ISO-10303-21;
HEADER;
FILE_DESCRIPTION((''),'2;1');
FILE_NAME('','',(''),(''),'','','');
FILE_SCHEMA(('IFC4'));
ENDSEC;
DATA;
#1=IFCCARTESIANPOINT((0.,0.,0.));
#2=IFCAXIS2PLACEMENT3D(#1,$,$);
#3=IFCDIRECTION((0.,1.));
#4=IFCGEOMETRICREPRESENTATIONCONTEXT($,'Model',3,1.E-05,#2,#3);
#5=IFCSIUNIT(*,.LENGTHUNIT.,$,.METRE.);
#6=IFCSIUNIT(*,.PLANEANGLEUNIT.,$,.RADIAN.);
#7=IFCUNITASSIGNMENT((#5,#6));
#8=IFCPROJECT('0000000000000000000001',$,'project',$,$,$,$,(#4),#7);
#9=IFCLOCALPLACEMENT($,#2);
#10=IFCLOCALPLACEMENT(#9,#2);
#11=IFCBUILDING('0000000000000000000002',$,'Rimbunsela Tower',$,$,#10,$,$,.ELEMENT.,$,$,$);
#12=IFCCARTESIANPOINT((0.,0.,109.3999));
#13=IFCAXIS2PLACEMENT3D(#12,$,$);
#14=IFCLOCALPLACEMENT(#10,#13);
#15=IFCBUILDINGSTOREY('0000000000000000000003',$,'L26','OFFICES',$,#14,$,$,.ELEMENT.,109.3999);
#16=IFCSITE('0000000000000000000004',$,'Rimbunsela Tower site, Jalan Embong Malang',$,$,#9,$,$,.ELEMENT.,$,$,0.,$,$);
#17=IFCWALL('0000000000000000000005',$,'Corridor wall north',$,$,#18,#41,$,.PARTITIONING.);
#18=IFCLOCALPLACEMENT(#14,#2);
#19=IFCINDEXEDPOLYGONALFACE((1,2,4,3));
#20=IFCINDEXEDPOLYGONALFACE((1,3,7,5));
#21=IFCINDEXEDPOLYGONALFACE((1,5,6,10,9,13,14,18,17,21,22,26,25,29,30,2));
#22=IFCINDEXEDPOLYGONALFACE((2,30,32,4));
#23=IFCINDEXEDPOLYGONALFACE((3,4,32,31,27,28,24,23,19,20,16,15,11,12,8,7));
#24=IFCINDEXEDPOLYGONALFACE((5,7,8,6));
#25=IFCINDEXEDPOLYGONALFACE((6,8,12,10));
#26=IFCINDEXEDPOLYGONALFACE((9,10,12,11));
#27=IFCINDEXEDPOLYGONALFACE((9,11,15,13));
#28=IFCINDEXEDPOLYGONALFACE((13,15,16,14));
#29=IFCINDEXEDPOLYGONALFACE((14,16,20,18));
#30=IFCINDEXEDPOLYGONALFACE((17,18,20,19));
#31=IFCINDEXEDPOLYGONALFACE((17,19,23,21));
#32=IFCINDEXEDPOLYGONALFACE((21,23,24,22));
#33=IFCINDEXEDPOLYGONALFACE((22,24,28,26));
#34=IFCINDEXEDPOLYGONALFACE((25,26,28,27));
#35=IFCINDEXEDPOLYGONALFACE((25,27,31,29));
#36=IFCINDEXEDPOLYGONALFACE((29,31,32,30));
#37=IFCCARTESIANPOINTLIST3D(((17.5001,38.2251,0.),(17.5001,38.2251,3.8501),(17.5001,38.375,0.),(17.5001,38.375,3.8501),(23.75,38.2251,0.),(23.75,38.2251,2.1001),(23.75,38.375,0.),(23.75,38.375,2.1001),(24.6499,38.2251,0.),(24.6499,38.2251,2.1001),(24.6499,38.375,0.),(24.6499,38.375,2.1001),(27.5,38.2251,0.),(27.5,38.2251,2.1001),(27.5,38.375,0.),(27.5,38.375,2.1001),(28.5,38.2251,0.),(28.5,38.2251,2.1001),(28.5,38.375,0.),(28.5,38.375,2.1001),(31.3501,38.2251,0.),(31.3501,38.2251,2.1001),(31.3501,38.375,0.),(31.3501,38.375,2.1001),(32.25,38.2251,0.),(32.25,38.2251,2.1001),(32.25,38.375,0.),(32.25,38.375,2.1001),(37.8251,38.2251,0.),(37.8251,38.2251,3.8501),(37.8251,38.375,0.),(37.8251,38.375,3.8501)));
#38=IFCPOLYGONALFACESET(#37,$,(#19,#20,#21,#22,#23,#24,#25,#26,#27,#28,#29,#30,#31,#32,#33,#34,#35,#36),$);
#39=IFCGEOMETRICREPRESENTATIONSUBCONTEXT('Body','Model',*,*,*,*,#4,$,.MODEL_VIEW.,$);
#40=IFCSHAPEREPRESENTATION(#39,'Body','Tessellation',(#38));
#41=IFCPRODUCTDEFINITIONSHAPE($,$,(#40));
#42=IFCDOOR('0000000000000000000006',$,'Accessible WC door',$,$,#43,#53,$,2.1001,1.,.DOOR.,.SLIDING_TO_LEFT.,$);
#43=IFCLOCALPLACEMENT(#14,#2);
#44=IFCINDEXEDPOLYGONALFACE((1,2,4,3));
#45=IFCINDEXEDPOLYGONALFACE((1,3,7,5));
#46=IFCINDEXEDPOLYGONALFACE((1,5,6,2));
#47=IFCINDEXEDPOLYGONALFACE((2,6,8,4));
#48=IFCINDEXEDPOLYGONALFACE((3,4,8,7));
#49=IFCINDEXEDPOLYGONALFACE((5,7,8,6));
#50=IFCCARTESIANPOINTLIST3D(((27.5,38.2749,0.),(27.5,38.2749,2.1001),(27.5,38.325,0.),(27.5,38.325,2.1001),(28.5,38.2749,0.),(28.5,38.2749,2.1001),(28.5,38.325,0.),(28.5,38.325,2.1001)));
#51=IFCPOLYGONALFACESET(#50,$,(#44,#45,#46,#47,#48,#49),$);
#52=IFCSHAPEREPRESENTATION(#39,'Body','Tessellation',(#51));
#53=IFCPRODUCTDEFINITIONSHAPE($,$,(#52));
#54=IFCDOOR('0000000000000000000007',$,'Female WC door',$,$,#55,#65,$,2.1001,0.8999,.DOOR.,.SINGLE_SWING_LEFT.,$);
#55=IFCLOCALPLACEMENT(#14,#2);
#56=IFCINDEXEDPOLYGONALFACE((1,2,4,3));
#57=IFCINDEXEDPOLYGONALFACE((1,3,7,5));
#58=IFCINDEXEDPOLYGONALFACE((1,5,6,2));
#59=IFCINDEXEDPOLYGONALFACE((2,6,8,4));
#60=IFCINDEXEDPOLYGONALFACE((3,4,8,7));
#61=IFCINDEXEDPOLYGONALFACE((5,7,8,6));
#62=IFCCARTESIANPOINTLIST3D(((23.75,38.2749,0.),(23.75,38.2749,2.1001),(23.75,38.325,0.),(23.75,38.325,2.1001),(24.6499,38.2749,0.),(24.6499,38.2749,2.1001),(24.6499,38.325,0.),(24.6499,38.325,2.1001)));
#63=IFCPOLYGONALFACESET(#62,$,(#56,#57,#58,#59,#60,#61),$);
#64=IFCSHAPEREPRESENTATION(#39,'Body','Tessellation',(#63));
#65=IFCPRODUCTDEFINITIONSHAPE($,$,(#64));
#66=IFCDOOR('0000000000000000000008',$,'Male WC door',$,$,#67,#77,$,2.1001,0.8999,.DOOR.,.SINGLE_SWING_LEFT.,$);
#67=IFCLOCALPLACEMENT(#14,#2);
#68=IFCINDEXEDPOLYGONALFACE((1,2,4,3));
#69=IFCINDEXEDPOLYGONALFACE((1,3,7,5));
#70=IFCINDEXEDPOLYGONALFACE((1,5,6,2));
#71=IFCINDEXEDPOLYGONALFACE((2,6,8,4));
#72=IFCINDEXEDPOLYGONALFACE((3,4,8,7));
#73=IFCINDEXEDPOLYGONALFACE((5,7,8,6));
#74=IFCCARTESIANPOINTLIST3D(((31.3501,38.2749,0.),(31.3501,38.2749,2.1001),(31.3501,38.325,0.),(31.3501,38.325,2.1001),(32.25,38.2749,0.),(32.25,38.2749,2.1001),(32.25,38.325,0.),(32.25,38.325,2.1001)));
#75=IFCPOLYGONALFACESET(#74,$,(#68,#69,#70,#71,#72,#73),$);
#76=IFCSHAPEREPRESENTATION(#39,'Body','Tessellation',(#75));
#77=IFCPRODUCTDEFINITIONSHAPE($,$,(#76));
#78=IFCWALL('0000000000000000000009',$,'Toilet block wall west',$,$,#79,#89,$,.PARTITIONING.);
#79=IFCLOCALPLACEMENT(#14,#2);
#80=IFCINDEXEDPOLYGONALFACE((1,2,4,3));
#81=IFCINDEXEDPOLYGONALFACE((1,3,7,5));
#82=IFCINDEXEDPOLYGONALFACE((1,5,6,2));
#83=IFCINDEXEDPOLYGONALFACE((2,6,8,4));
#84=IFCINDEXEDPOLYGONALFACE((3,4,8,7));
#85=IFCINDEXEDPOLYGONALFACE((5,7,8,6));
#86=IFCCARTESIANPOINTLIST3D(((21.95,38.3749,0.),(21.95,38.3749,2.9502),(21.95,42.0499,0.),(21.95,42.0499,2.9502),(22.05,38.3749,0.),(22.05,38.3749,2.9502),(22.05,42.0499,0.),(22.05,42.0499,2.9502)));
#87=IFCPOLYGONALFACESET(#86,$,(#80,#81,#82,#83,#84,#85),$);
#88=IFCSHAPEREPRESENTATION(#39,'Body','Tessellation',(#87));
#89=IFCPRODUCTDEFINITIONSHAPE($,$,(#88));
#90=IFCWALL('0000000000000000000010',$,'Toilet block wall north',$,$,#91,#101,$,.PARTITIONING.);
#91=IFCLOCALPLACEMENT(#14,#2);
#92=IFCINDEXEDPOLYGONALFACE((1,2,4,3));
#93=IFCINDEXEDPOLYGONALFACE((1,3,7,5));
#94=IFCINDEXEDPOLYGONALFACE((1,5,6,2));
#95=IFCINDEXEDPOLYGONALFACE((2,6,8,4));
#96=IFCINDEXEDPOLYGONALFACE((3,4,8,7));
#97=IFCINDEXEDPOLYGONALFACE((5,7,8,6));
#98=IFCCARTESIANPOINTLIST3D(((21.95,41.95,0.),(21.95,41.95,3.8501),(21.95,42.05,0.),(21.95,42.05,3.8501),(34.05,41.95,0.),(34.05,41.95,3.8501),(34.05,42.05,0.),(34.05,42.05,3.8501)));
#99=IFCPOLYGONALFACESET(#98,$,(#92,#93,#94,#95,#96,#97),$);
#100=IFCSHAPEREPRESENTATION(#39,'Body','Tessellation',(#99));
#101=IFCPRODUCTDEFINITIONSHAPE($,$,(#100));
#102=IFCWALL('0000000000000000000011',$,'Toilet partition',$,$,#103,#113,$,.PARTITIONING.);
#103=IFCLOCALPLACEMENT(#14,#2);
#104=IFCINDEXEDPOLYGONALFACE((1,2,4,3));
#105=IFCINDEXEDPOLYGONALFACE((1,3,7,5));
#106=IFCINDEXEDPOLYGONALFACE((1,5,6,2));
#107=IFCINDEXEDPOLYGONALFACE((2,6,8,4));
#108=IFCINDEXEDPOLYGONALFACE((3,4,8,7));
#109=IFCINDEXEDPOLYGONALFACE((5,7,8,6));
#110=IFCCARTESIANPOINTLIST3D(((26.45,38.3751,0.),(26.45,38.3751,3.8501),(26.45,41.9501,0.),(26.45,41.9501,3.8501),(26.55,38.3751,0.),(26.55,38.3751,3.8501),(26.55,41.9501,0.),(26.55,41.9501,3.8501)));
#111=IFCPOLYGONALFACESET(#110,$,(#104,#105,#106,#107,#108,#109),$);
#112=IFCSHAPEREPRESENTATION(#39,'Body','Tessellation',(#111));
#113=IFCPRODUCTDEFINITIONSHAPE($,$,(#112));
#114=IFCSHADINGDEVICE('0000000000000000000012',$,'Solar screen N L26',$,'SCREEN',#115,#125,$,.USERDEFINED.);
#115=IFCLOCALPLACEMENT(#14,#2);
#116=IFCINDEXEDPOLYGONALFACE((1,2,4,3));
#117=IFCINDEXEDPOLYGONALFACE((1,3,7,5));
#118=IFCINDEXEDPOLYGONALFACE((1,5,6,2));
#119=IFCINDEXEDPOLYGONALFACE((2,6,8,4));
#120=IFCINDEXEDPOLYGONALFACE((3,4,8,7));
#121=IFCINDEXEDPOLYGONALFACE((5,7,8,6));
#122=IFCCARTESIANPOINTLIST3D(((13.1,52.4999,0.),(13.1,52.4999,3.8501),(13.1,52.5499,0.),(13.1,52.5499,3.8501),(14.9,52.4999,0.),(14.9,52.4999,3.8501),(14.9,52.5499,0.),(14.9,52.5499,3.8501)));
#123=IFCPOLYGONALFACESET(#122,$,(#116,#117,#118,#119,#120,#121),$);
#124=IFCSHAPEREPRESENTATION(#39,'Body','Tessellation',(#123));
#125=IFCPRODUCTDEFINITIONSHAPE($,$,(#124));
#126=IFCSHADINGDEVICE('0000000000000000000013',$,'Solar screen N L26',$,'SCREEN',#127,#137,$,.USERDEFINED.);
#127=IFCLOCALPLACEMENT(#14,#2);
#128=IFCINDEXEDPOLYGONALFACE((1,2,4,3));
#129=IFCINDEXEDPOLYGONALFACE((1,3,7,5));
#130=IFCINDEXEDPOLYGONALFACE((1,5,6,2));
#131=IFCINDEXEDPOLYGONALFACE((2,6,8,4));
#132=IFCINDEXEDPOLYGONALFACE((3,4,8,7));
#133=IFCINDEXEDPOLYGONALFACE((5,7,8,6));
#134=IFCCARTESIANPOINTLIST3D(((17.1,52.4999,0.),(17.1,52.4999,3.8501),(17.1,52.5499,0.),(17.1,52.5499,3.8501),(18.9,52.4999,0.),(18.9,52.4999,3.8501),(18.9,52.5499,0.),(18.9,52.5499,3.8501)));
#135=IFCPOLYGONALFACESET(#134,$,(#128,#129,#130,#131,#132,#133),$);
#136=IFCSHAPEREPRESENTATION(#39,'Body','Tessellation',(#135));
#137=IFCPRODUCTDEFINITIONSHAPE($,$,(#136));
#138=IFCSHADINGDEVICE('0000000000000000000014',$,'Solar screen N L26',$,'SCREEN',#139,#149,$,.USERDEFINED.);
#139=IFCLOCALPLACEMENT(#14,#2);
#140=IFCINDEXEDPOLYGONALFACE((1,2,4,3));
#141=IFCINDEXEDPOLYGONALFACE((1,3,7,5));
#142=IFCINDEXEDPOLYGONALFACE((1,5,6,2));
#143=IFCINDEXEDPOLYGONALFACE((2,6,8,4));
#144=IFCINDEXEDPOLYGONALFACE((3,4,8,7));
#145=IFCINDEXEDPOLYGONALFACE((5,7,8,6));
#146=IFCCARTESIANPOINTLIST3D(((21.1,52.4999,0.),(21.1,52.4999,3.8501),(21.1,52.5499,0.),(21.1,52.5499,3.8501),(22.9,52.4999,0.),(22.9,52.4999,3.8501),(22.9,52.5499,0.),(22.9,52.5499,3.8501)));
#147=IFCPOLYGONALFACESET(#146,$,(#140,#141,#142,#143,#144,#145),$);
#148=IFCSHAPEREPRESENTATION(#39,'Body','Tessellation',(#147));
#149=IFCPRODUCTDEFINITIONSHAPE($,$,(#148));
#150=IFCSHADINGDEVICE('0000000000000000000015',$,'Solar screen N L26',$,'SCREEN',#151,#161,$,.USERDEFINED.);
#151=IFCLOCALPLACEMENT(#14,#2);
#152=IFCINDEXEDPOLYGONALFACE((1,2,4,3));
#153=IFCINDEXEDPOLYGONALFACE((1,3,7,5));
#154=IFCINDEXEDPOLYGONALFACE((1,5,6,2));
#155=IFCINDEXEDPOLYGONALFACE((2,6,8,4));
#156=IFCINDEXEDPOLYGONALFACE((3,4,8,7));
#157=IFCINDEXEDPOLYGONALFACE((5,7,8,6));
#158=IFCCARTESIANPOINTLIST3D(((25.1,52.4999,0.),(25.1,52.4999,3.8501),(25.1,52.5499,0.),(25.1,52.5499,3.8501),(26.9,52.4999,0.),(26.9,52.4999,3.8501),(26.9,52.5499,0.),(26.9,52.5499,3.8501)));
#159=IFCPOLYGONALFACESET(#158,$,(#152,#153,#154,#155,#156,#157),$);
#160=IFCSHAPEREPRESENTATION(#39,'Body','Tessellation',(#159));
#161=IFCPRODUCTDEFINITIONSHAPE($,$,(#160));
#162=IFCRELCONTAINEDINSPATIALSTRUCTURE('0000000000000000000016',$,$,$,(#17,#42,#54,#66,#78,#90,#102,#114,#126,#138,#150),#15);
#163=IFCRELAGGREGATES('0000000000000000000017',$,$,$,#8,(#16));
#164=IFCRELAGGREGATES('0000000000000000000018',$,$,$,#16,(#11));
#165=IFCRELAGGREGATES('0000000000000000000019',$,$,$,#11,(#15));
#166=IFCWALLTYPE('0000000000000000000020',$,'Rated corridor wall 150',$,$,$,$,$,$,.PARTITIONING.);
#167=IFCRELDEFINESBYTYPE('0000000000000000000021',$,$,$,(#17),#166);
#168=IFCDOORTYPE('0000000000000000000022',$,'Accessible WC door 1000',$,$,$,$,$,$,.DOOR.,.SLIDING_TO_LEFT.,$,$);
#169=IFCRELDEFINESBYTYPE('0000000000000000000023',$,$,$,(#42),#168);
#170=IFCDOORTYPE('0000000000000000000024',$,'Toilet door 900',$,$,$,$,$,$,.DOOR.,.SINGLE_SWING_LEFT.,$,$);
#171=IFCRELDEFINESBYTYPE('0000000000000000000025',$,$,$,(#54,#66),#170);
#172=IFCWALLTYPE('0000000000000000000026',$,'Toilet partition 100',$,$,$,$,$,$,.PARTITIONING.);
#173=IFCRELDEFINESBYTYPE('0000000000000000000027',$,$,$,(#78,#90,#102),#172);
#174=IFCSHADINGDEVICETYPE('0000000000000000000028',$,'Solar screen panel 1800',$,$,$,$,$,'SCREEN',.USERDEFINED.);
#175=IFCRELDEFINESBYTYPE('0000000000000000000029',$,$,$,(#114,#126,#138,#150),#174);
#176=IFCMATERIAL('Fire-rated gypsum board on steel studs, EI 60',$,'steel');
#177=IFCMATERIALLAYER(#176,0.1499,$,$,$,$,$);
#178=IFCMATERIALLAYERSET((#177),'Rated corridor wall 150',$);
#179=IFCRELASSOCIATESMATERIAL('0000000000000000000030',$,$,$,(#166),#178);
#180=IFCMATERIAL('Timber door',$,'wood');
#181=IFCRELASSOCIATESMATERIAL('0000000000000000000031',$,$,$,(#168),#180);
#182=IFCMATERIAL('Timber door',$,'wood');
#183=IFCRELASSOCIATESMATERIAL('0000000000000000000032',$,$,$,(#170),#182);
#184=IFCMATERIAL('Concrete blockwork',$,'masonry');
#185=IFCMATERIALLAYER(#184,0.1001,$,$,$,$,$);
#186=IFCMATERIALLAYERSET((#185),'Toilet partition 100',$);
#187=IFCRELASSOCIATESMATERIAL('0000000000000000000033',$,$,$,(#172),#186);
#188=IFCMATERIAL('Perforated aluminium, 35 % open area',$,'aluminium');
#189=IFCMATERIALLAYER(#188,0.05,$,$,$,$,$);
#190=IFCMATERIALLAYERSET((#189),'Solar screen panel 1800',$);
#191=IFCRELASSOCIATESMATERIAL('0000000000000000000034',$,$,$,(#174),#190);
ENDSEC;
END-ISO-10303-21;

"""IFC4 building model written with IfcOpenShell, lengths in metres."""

from ifc_helpers import new_model, si_unit, direction, frame, frame_2d, origin, origin_2d, place, context, subcontext, project, spatial, rectangle, extrude, material, layer, layer_set, type_object, element, fill, save


model = new_model("IFC4")

# Units and contexts
model_context = context("Model", 3, precision=1e-05, world=origin(), true_north=direction((0.0, 1.0)))
body_context = subcontext(model_context, "Body", "Model", "MODEL_VIEW")
ifc_project = project(units=[si_unit("LENGTHUNIT", "METRE"), si_unit("PLANEANGLEUNIT", "RADIAN")], contexts=[model_context])

# Site, building, storey
site_placement = place(None, origin())
site = spatial("IfcSite", under=ifc_project, at=site_placement, Name="Rimbunsela Tower site, Jalan Embong Malang", CompositionType="ELEMENT", RefElevation=0.0)
building_placement = place(site_placement, origin())
building = spatial("IfcBuilding", under=site, at=building_placement, Name="Rimbunsela Tower", CompositionType="ELEMENT")
storey_placement = place(building_placement, frame((0.0, 0.0, 109.3999)))
storey = spatial("IfcBuildingStorey", under=building, at=storey_placement, Name="L26", Description="OFFICES", CompositionType="ELEMENT", Elevation=109.3999)

# Shared definitions
ifc_material_1 = material(Name="Fire-rated gypsum board on steel studs, EI 60", Category="steel")
ifc_layer_1 = layer(ifc_material_1, 0.1499)
ifc_layer_set_1 = layer_set([ifc_layer_1], Name="Rated corridor wall 150")
wall_type_1 = type_object("IfcWallType", Name="Rated corridor wall 150", PredefinedType="PARTITIONING", material=ifc_layer_set_1)

# Wall, openings, doors
wall_1_placement = place(storey_placement, frame((17.5, 38.3, 0.0), z_axis=(0.0, 0.0, 1.0), x_axis=(1.0, 0.0, 0.0)))
wall_1 = element("IfcWall", 1, at=wall_1_placement, inside=storey, type_object=wall_type_1, Name="Corridor wall north", PredefinedType="PARTITIONING", context=body_context, shape_type="SweptSolid", body=[
    extrude(rectangle(XDim=20.325, YDim=0.1499, at=frame_2d((10.1626, 0.0))), origin(), (0.0, 0.0, 1.0), 3.8501),
])
opening_1_placement = place(wall_1_placement, frame((6.25, 0.0, 0.0)))
opening_1 = element("IfcOpeningElement", 2, at=opening_1_placement, cuts=wall_1, PredefinedType="OPENING", context=body_context, shape_type="SweptSolid", body=[
    extrude(rectangle(XDim=0.8999, YDim=2.1001, at=frame_2d((0.45, 1.05))), frame((0.0, 0.085, 0.0), z_axis=(0.0, -1.0, 0.0), x_axis=(1.0, 0.0, 0.0)), (0.0, 0.0, 1.0), 0.1699),
])
opening_2_placement = place(wall_1_placement, frame((10.0, 0.0, 0.0)))
opening_2 = element("IfcOpeningElement", 3, at=opening_2_placement, cuts=wall_1, PredefinedType="OPENING", context=body_context, shape_type="SweptSolid", body=[
    extrude(rectangle(XDim=1.0, YDim=2.1001, at=frame_2d((0.5, 1.05))), frame((0.0, 0.085, 0.0), z_axis=(0.0, -1.0, 0.0), x_axis=(1.0, 0.0, 0.0)), (0.0, 0.0, 1.0), 0.1699),
])
opening_3_placement = place(wall_1_placement, frame((13.8501, 0.0, 0.0)))
opening_3 = element("IfcOpeningElement", 4, at=opening_3_placement, cuts=wall_1, PredefinedType="OPENING", context=body_context, shape_type="SweptSolid", body=[
    extrude(rectangle(XDim=0.8999, YDim=2.1001, at=frame_2d((0.45, 1.05))), frame((0.0, 0.085, 0.0), z_axis=(0.0, -1.0, 0.0), x_axis=(1.0, 0.0, 0.0)), (0.0, 0.0, 1.0), 0.1699),
])
ifc_material_2 = material(Name="Timber door", Category="wood")
door_type_1 = type_object("IfcDoorType", Name="Accessible WC door 1000", OperationType="SLIDING_TO_LEFT", PredefinedType="DOOR", material=ifc_material_2)
door_1_placement = place(opening_2_placement, origin())
door_1 = element("IfcDoor", 5, at=door_1_placement, inside=storey, type_object=door_type_1, Name="Accessible WC door", OperationType="SLIDING_TO_LEFT", OverallHeight=2.1001, OverallWidth=1.0, PredefinedType="DOOR", context=body_context, shape_type="SweptSolid", body=[
    extrude(rectangle(XDim=1.0, YDim=2.1001, at=frame_2d((0.5, 1.05))), frame((0.0, 0.0249, 0.0), z_axis=(0.0, -1.0, 0.0), x_axis=(1.0, 0.0, 0.0)), (0.0, 0.0, 1.0), 0.05),
])
fill(opening_2, door_1)
ifc_material_3 = material(Name="Timber door", Category="wood")
door_type_2 = type_object("IfcDoorType", Name="Toilet door 900", OperationType="SINGLE_SWING_LEFT", PredefinedType="DOOR", material=ifc_material_3)
door_2_placement = place(opening_1_placement, origin())
door_2 = element("IfcDoor", 6, at=door_2_placement, inside=storey, type_object=door_type_2, Name="Female WC door", OperationType="SINGLE_SWING_LEFT", OverallHeight=2.1001, OverallWidth=0.8999, PredefinedType="DOOR", context=body_context, shape_type="SweptSolid", body=[
    extrude(rectangle(XDim=0.8999, YDim=2.1001, at=frame_2d((0.45, 1.05))), frame((0.0, 0.0249, 0.0), z_axis=(0.0, -1.0, 0.0), x_axis=(1.0, 0.0, 0.0)), (0.0, 0.0, 1.0), 0.05),
])
fill(opening_1, door_2)
door_3_placement = place(opening_3_placement, origin())
door_3 = element("IfcDoor", 7, at=door_3_placement, inside=storey, type_object=door_type_2, Name="Male WC door", OperationType="SINGLE_SWING_LEFT", OverallHeight=2.1001, OverallWidth=0.8999, PredefinedType="DOOR", context=body_context, shape_type="SweptSolid", body=[
    extrude(rectangle(XDim=0.8999, YDim=2.1001, at=frame_2d((0.45, 1.05))), frame((0.0, 0.0249, 0.0), z_axis=(0.0, -1.0, 0.0), x_axis=(1.0, 0.0, 0.0)), (0.0, 0.0, 1.0), 0.05),
])
fill(opening_3, door_3)

# Walls
ifc_material_4 = material(Name="Concrete blockwork", Category="masonry")
ifc_layer_2 = layer(ifc_material_4, 0.1001)
ifc_layer_set_2 = layer_set([ifc_layer_2], Name="Toilet partition 100")
wall_type_2 = type_object("IfcWallType", Name="Toilet partition 100", PredefinedType="PARTITIONING", material=ifc_layer_set_2)
wall_2_placement = place(storey_placement, frame((22.0, 38.375, 0.0), z_axis=(0.0, 0.0, 1.0), x_axis=(0.0, 1.0, 0.0)))
element("IfcWall", 8, at=wall_2_placement, inside=storey, type_object=wall_type_2, Name="Toilet block wall west", PredefinedType="PARTITIONING", context=body_context, shape_type="SweptSolid", body=[
    extrude(rectangle(XDim=3.675, YDim=0.1001, at=frame_2d((1.8374, 0.0))), origin(), (0.0, 0.0, 1.0), 2.9502),
])
wall_3_placement = place(storey_placement, frame((21.95, 42.0, 0.0), z_axis=(0.0, 0.0, 1.0), x_axis=(1.0, 0.0, 0.0)))
element("IfcWall", 9, at=wall_3_placement, inside=storey, type_object=wall_type_2, Name="Toilet block wall north", PredefinedType="PARTITIONING", context=body_context, shape_type="SweptSolid", body=[
    extrude(rectangle(XDim=12.1001, YDim=0.1001, at=frame_2d((6.05, 0.0))), origin(), (0.0, 0.0, 1.0), 3.8501),
])
wall_4_placement = place(storey_placement, frame((26.5, 38.375, 0.0), z_axis=(0.0, 0.0, 1.0), x_axis=(0.0, 1.0, 0.0)))
element("IfcWall", 10, at=wall_4_placement, inside=storey, type_object=wall_type_2, Name="Toilet partition", PredefinedType="PARTITIONING", context=body_context, shape_type="SweptSolid", body=[
    extrude(rectangle(XDim=3.575, YDim=0.1001, at=frame_2d((1.7876, 0.0))), origin(), (0.0, 0.0, 1.0), 3.8501),
])

# Shading devices
ifc_material_5 = material(Name="Perforated aluminium, 35 % open area", Category="aluminium")
ifc_layer_3 = layer(ifc_material_5, 0.05)
ifc_layer_set_3 = layer_set([ifc_layer_3], Name="Solar screen panel 1800")
shading_device_type = type_object("IfcShadingDeviceType", Name="Solar screen panel 1800", ElementType="SCREEN", PredefinedType="USERDEFINED", material=ifc_layer_set_3)
for number, where, z_axis, x_axis, name in (
    (11, (14.0, 52.5249, 0.0), (0.0, 0.0, 1.0), (1.0, 0.0, 0.0), "Solar screen N L26"),
    (12, (18.0, 52.5249, 0.0), (0.0, 0.0, 1.0), (1.0, 0.0, 0.0), "Solar screen N L26"),
    (13, (22.0, 52.5249, 0.0), (0.0, 0.0, 1.0), (1.0, 0.0, 0.0), "Solar screen N L26"),
    (14, (26.0, 52.5249, 0.0), (0.0, 0.0, 1.0), (1.0, 0.0, 0.0), "Solar screen N L26"),
):
    element("IfcShadingDevice", number, at=place(storey_placement, frame(where, z_axis=z_axis, x_axis=x_axis)), inside=storey, type_object=shading_device_type, Name=name, ObjectType="SCREEN", PredefinedType="USERDEFINED", context=body_context, shape_type="SweptSolid", body=[
        extrude(rectangle(XDim=1.8, YDim=0.05, at=origin_2d()), origin(), (0.0, 0.0, 1.0), 3.8501),
    ])

save(model, "model.ifc")
